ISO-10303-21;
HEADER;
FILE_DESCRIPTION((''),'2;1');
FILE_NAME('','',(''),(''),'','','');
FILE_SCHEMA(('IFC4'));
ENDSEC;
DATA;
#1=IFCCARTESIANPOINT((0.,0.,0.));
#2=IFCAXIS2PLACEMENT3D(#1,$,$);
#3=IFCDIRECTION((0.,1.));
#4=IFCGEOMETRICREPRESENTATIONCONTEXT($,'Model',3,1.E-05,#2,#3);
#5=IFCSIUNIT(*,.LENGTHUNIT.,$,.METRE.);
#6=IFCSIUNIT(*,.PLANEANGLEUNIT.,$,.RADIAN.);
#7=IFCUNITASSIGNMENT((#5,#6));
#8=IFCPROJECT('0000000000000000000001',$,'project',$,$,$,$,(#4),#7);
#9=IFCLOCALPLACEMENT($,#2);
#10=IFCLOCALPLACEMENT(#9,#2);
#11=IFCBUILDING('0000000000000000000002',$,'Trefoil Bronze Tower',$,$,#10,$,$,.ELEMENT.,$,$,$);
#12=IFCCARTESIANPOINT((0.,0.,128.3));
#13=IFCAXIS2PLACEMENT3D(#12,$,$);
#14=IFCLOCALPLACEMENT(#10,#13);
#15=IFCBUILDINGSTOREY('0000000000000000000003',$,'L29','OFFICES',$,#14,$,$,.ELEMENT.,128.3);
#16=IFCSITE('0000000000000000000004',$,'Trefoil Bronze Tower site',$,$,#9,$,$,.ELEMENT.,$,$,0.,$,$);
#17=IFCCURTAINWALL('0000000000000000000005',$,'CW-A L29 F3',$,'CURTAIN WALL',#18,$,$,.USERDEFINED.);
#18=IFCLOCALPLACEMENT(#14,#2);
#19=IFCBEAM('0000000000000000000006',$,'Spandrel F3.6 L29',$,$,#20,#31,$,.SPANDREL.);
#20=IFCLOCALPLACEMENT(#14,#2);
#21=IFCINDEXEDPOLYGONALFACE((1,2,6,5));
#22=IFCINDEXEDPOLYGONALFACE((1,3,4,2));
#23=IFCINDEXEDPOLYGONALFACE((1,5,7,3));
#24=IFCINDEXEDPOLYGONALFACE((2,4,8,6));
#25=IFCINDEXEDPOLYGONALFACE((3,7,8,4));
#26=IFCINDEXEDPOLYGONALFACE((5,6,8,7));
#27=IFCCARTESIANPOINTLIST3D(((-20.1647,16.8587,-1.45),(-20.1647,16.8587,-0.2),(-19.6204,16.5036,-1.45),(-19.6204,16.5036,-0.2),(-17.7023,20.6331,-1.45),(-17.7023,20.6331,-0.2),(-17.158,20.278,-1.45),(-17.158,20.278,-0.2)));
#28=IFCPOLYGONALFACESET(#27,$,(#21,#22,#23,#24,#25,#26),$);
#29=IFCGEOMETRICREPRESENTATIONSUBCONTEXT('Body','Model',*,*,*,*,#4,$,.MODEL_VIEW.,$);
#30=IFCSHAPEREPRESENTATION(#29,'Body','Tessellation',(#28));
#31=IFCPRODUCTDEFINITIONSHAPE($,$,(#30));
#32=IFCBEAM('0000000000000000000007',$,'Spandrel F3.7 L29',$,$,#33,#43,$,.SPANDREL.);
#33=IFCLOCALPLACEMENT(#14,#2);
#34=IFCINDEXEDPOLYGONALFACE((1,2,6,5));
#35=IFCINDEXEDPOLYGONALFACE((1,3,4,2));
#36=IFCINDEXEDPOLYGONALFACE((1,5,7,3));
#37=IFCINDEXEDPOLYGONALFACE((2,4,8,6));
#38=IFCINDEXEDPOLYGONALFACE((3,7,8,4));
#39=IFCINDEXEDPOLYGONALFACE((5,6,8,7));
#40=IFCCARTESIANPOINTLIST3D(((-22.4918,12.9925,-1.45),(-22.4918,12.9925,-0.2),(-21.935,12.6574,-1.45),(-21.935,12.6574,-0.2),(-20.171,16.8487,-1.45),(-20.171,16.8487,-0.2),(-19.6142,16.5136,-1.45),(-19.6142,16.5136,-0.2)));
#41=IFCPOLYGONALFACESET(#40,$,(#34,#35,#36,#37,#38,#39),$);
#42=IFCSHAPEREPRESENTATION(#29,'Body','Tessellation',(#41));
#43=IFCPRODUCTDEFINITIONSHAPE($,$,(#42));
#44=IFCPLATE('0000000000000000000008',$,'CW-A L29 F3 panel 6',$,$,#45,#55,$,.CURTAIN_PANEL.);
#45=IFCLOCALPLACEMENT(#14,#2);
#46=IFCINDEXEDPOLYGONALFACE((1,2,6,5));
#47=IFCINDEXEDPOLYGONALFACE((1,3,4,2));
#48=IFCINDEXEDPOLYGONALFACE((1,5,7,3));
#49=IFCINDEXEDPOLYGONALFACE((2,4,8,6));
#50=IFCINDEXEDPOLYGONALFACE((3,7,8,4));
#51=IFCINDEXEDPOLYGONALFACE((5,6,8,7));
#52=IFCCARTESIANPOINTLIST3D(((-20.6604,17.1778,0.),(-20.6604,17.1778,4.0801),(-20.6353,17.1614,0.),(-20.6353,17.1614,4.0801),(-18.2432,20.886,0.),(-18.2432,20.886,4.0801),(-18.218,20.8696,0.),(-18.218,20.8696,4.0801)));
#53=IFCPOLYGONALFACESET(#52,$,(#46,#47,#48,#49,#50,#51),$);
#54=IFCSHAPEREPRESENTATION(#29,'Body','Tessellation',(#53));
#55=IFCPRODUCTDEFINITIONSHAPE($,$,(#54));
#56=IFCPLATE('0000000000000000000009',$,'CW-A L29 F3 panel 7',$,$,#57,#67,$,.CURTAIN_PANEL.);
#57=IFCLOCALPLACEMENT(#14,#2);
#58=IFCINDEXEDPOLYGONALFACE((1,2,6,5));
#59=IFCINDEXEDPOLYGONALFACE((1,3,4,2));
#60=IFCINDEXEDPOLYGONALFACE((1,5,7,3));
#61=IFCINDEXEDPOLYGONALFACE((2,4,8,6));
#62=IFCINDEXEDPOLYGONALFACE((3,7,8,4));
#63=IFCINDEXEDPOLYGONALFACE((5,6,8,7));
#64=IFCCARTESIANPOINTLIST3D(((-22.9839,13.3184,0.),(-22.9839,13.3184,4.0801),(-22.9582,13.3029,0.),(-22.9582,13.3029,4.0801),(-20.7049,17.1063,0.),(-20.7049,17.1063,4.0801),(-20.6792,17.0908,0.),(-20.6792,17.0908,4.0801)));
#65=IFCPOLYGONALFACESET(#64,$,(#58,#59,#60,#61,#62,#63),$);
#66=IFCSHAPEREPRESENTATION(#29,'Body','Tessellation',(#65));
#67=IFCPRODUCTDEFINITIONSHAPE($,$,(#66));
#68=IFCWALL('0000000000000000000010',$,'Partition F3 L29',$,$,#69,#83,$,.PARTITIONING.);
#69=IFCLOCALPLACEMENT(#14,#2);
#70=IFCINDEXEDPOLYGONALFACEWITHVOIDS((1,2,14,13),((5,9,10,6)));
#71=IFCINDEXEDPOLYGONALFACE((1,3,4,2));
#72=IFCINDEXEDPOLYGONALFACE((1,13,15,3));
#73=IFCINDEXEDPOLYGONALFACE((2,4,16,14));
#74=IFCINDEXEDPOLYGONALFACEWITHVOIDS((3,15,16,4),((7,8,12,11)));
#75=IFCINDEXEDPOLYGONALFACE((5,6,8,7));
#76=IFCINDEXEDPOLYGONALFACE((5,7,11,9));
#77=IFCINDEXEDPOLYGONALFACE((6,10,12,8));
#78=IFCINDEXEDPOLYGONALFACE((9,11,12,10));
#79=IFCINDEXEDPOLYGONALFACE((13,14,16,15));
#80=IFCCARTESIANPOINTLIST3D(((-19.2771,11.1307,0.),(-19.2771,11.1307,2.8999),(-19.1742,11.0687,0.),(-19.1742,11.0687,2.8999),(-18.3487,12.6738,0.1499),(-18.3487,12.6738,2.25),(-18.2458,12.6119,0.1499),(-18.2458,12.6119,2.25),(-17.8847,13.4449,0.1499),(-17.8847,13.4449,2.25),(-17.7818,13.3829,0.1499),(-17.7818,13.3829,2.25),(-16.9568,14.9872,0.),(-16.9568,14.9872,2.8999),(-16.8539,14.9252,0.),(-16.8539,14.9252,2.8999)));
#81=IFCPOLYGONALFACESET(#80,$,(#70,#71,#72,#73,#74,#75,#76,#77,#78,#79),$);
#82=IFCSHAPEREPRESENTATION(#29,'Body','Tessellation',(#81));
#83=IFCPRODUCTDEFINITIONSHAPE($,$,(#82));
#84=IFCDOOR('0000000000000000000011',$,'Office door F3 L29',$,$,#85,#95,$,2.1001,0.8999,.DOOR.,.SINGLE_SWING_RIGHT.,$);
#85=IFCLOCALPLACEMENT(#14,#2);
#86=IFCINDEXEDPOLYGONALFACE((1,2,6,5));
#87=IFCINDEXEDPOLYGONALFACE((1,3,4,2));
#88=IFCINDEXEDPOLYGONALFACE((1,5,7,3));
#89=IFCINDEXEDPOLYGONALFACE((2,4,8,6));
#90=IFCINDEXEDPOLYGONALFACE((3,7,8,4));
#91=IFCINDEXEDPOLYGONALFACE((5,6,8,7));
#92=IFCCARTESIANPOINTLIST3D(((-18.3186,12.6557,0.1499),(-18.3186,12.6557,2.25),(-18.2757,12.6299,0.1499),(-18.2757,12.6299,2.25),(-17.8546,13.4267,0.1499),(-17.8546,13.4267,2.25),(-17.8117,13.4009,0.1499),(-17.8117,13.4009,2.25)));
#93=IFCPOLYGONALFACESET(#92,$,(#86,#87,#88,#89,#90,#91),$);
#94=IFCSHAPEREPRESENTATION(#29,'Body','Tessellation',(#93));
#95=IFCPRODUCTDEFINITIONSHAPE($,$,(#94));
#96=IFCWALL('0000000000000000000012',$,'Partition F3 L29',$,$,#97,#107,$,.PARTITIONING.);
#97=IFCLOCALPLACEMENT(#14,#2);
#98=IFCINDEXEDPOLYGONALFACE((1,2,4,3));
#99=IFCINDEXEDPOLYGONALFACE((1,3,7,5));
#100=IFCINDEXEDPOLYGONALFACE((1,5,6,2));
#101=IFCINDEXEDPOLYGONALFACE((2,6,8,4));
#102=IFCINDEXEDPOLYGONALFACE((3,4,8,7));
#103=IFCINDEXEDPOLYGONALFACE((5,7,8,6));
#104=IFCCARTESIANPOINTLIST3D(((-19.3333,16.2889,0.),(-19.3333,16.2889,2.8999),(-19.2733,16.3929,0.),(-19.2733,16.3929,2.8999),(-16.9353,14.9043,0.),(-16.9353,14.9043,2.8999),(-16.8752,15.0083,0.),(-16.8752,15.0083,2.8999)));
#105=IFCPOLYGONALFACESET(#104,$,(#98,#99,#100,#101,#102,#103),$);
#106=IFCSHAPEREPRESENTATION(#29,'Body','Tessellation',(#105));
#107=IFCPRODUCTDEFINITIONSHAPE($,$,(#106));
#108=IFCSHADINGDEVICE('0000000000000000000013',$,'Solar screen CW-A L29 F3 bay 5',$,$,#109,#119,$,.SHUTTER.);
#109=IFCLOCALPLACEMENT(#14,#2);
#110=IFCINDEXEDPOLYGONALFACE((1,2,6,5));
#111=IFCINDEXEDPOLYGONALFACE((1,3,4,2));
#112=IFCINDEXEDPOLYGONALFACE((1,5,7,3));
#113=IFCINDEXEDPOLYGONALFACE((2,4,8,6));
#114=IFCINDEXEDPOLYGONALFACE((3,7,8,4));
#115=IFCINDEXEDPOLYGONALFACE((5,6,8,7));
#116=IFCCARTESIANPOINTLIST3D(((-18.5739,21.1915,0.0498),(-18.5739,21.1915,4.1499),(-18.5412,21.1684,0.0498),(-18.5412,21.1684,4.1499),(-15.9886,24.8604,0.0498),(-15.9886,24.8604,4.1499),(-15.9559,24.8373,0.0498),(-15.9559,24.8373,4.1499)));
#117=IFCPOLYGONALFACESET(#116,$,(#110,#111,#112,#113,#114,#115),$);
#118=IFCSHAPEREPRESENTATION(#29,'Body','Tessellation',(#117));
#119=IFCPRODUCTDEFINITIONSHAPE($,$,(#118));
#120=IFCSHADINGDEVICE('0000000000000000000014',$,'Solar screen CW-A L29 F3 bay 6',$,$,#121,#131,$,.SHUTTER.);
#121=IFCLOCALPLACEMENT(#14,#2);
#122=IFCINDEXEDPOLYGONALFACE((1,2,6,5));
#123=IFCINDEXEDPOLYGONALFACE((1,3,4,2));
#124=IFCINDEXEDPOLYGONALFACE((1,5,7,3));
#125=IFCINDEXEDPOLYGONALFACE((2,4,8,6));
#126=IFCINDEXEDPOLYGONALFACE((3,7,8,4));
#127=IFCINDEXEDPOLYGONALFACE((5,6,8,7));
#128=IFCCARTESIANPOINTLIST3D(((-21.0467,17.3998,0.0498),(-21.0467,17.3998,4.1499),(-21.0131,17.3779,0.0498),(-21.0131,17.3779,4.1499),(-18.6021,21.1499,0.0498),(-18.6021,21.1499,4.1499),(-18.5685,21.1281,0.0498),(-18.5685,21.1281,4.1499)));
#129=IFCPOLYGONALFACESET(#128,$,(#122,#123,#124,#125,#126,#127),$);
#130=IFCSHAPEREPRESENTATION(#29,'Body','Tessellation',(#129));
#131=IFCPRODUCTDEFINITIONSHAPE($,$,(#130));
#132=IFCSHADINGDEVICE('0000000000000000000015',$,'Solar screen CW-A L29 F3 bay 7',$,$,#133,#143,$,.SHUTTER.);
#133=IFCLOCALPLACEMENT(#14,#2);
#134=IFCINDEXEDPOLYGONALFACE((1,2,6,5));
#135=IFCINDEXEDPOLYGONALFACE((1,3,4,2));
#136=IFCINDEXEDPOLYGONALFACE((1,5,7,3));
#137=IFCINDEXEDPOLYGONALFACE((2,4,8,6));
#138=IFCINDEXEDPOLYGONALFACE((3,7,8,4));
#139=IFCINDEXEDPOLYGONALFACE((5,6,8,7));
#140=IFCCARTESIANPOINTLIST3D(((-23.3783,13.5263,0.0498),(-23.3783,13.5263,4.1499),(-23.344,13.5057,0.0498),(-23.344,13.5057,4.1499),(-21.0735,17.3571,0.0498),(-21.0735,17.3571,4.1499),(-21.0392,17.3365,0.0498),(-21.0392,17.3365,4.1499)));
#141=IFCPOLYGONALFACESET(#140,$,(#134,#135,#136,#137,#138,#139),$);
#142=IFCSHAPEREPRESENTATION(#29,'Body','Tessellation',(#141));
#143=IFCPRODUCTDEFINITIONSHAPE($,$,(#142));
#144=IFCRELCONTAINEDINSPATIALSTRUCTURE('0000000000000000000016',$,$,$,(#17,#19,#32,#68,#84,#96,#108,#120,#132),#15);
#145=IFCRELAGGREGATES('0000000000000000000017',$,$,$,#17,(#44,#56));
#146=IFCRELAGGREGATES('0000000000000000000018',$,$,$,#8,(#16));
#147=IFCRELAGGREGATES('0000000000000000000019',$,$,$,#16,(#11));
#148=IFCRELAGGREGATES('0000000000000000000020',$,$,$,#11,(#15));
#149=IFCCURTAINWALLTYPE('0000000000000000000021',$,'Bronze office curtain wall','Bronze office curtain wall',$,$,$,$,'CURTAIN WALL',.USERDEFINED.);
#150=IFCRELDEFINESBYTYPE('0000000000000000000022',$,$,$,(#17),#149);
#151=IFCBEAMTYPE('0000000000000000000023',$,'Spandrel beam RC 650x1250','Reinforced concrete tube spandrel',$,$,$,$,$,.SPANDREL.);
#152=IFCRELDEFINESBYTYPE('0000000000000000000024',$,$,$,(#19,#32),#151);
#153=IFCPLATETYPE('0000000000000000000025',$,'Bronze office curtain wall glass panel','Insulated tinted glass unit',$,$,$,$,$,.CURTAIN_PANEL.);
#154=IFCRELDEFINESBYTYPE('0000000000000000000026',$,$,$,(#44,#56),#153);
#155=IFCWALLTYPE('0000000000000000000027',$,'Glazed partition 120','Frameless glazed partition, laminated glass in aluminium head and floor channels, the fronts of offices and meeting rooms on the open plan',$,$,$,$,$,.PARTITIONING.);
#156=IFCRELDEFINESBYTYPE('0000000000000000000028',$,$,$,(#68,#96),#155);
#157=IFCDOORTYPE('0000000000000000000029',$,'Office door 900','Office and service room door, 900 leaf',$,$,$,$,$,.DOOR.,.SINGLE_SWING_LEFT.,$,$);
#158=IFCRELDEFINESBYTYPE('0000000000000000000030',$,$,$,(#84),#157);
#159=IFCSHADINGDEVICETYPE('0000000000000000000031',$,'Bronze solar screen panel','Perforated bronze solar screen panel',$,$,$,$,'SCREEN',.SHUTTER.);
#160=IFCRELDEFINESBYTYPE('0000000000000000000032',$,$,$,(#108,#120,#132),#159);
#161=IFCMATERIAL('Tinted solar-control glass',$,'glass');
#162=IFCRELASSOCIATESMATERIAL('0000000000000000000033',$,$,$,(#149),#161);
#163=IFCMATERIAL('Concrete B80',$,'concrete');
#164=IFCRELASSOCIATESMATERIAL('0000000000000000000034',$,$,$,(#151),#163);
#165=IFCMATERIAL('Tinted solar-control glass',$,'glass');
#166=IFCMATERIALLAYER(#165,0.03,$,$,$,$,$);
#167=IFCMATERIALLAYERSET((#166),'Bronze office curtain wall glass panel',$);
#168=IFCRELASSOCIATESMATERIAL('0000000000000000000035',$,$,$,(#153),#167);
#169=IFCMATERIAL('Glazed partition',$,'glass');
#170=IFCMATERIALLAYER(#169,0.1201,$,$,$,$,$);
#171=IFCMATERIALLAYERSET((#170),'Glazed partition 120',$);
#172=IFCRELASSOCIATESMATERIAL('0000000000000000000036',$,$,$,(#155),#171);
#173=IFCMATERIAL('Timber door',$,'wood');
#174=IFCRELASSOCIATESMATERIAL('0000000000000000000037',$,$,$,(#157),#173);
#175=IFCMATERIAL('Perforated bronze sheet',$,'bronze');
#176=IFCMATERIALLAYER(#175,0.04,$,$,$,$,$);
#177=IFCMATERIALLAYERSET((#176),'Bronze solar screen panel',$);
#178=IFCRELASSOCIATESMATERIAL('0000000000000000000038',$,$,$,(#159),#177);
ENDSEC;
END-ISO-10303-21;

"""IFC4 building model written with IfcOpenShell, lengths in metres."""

from ifc_helpers import new_model, si_unit, direction, frame, frame_2d, origin, origin_2d, place, context, subcontext, project, spatial, rectangle, extrude, material, layer, layer_set, material_profile, profile_set, type_object, element, fill, aggregate, save


model = new_model("IFC4")

# Units and contexts
model_context = context("Model", 3, precision=1e-05, world=origin(), true_north=direction((0.0, 1.0)))
body_context = subcontext(model_context, "Body", "Model", "MODEL_VIEW")
ifc_project = project(units=[si_unit("LENGTHUNIT", "METRE"), si_unit("PLANEANGLEUNIT", "RADIAN")], contexts=[model_context])

# Site, building, storey
site_placement = place(None, origin())
site = spatial("IfcSite", under=ifc_project, at=site_placement, Name="Trefoil Bronze Tower site", CompositionType="ELEMENT", RefElevation=0.0)
building_placement = place(site_placement, origin())
building = spatial("IfcBuilding", under=site, at=building_placement, Name="Trefoil Bronze Tower", CompositionType="ELEMENT")
storey_placement = place(building_placement, frame((0.0, 0.0, 128.3)))
storey = spatial("IfcBuildingStorey", under=building, at=storey_placement, Name="L29", Description="OFFICES", CompositionType="ELEMENT", Elevation=128.3)

# Curtain wall
ifc_material_1 = material(Name="Tinted solar-control glass", Category="glass")
curtain_wall_type = type_object("IfcCurtainWallType", Name="Bronze office curtain wall", Description="Bronze office curtain wall", ElementType="CURTAIN WALL", PredefinedType="USERDEFINED", material=ifc_material_1)
curtain_wall_placement = place(storey_placement, origin())
curtain_wall = element("IfcCurtainWall", 1, at=curtain_wall_placement, inside=storey, type_object=curtain_wall_type, Name="CW-A L29 F3", ObjectType="CURTAIN WALL", PredefinedType="USERDEFINED")

# Beams
ifc_material_2 = material(Name="Concrete B80", Category="concrete")
ifc_material_profile_1 = material_profile(ifc_material_2, rectangle(XDim=0.6499, YDim=1.25, at=origin_2d()), Name="RC 650x1250")
ifc_profile_set_1 = profile_set([ifc_material_profile_1], Name="Concrete B80")
beam_type_1 = type_object("IfcBeamType", Name="Spandrel beam RC 650x1250", Description="Reinforced concrete tube spandrel", PredefinedType="SPANDREL", material=ifc_profile_set_1)
beam_1_placement = place(storey_placement, frame((-17.4302, 20.4556, -0.825), z_axis=(-0.546397, -0.837527, 0.0), x_axis=(0.837527, -0.546397, 0.0)))
element("IfcBeam", 2, at=beam_1_placement, inside=storey, type_object=beam_type_1, Name="Spandrel F3.6 L29", PredefinedType="SPANDREL", context=body_context, shape_type="SweptSolid", body=[
    extrude(rectangle(XDim=0.6499, YDim=1.25, at=origin_2d()), origin(), (0.0, 0.0, 1.0), 4.5066),
])
beam_2_placement = place(storey_placement, frame((-19.8926, 16.6812, -0.825), z_axis=(-0.515652, -0.856798, 0.0), x_axis=(0.856798, -0.515652, 0.0)))
element("IfcBeam", 3, at=beam_2_placement, inside=storey, type_object=beam_type_1, Name="Spandrel F3.7 L29", PredefinedType="SPANDREL", context=body_context, shape_type="SweptSolid", body=[
    extrude(rectangle(XDim=0.6499, YDim=1.25, at=origin_2d()), origin(), (0.0, 0.0, 1.0), 4.5007),
])

# Plates
ifc_material_3 = material(Name="Tinted solar-control glass", Category="glass")
ifc_layer_1 = layer(ifc_material_3, 0.03)
ifc_layer_set_1 = layer_set([ifc_layer_1], Name="Bronze office curtain wall glass panel")
plate_type = type_object("IfcPlateType", Name="Bronze office curtain wall glass panel", Description="Insulated tinted glass unit", PredefinedType="CURTAIN_PANEL", material=ifc_layer_set_1)
plate_1_placement = place(storey_placement, frame((-19.4392, 19.0237, 0.0), z_axis=(0.0, 0.0, 1.0), x_axis=(-0.546089, -0.837727, 0.0)))
plate_1 = element("IfcPlate", 4, at=plate_1_placement, type_object=plate_type, Name="CW-A L29 F3 panel 6", PredefinedType="CURTAIN_PANEL", context=body_context, shape_type="SweptSolid", body=[
    extrude(rectangle(XDim=4.4265, YDim=0.03, at=origin_2d()), origin(), (0.0, 0.0, 1.0), 4.0801),
])
plate_2_placement = place(storey_placement, frame((-21.8315, 15.2046, 0.0), z_axis=(0.0, 0.0, 1.0), x_axis=(-0.515525, -0.856874, 0.0)))
plate_2 = element("IfcPlate", 5, at=plate_2_placement, type_object=plate_type, Name="CW-A L29 F3 panel 7", PredefinedType="CURTAIN_PANEL", context=body_context, shape_type="SweptSolid", body=[
    extrude(rectangle(XDim=4.4207, YDim=0.03, at=origin_2d()), origin(), (0.0, 0.0, 1.0), 4.0801),
])
aggregate(curtain_wall, [plate_1, plate_2])

# Wall, opening, door
ifc_material_4 = material(Name="Glazed partition", Category="glass")
ifc_layer_2 = layer(ifc_material_4, 0.1201)
ifc_layer_set_2 = layer_set([ifc_layer_2], Name="Glazed partition 120")
wall_type = type_object("IfcWallType", Name="Glazed partition 120", Description="Frameless glazed partition, laminated glass in aluminium head and floor channels, the fronts of offices and meeting rooms on the open plan", PredefinedType="PARTITIONING", material=ifc_layer_set_2)
wall_1_placement = place(storey_placement, frame((-16.9053, 14.9563, 0.0), z_axis=(0.0, 0.0, 1.0), x_axis=(-0.515548, -0.85686, 0.0)))
wall_1 = element("IfcWall", 6, at=wall_1_placement, inside=storey, type_object=wall_type, Name="Partition F3 L29", PredefinedType="PARTITIONING", context=body_context, shape_type="SweptSolid", body=[
    extrude(rectangle(XDim=4.5007, YDim=0.1201, at=frame_2d((2.2505, 0.0))), origin(), (0.0, 0.0, 1.0), 2.8999),
])
opening_placement = place(wall_1_placement, frame((1.8, 0.0, 0.1499)))
opening = element("IfcOpeningElement", 7, at=opening_placement, cuts=wall_1, PredefinedType="OPENING", context=body_context, shape_type="SweptSolid", body=[
    extrude(rectangle(XDim=0.8999, YDim=2.1001, at=frame_2d((0.45, 1.05))), frame((0.0, 0.0701, 0.0), z_axis=(0.0, -1.0, 0.0), x_axis=(1.0, 0.0, 0.0)), (0.0, 0.0, 1.0), 0.1401),
])
ifc_material_5 = material(Name="Timber door", Category="wood")
door_type = type_object("IfcDoorType", Name="Office door 900", Description="Office and service room door, 900 leaf", OperationType="SINGLE_SWING_LEFT", PredefinedType="DOOR", material=ifc_material_5)
door_placement = place(opening_placement, frame((0.8999, 0.0, 0.0), z_axis=(0.0, 0.0, 1.0), x_axis=(-1.0, 0.0, 0.0)))
door = element("IfcDoor", 8, at=door_placement, inside=storey, type_object=door_type, Name="Office door F3 L29", OperationType="SINGLE_SWING_RIGHT", OverallHeight=2.1001, OverallWidth=0.8999, PredefinedType="DOOR", context=body_context, shape_type="SweptSolid", body=[
    extrude(rectangle(XDim=0.8999, YDim=2.1001, at=frame_2d((0.45, 1.05))), frame((0.0, 0.0249, 0.0), z_axis=(0.0, -1.0, 0.0), x_axis=(1.0, 0.0, 0.0)), (0.0, 0.0, 1.0), 0.05),
])
fill(opening, door)

# Wall
wall_2_placement = place(storey_placement, frame((-16.9053, 14.9563, 0.0), z_axis=(0.0, 0.0, 1.0), x_axis=(-0.866015, 0.500018, 0.0)))
element("IfcWall", 9, at=wall_2_placement, inside=storey, type_object=wall_type, Name="Partition F3 L29", PredefinedType="PARTITIONING", context=body_context, shape_type="SweptSolid", body=[
    extrude(rectangle(XDim=2.769, YDim=0.1201, at=frame_2d((1.3845, 0.0))), origin(), (0.0, 0.0, 1.0), 2.8999),
])

# Shading devices
ifc_material_6 = material(Name="Perforated bronze sheet", Category="bronze")
ifc_layer_3 = layer(ifc_material_6, 0.04)
ifc_layer_set_3 = layer_set([ifc_layer_3], Name="Bronze solar screen panel")
shading_device_type = type_object("IfcShadingDeviceType", Name="Bronze solar screen panel", Description="Perforated bronze solar screen panel", ElementType="SCREEN", PredefinedType="SHUTTER", material=ifc_layer_set_3)
shading_device_1_placement = place(storey_placement, frame((-17.2649, 23.0144, 0.0498), z_axis=(0.0, 0.0, 1.0), x_axis=(-0.575999, -0.81745, 0.0)))
element("IfcShadingDevice", 10, at=shading_device_1_placement, inside=storey, type_object=shading_device_type, Name="Solar screen CW-A L29 F3 bay 5", PredefinedType="SHUTTER", context=body_context, shape_type="SweptSolid", body=[
    extrude(rectangle(XDim=4.4883, YDim=0.04, at=origin_2d()), origin(), (0.0, 0.0, 1.0), 4.1001),
])
shading_device_2_placement = place(storey_placement, frame((-19.8076, 19.2639, 0.0498), z_axis=(0.0, 0.0, 1.0), x_axis=(-0.546089, -0.837727, 0.0)))
element("IfcShadingDevice", 11, at=shading_device_2_placement, inside=storey, type_object=shading_device_type, Name="Solar screen CW-A L29 F3 bay 6", PredefinedType="SHUTTER", context=body_context, shape_type="SweptSolid", body=[
    extrude(rectangle(XDim=4.4766, YDim=0.04, at=origin_2d()), origin(), (0.0, 0.0, 1.0), 4.1001),
])
shading_device_3_placement = place(storey_placement, frame((-22.2087, 15.4314, 0.0498), z_axis=(0.0, 0.0, 1.0), x_axis=(-0.515525, -0.856874, 0.0)))
element("IfcShadingDevice", 12, at=shading_device_3_placement, inside=storey, type_object=shading_device_type, Name="Solar screen CW-A L29 F3 bay 7", PredefinedType="SHUTTER", context=body_context, shape_type="SweptSolid", body=[
    extrude(rectangle(XDim=4.4707, YDim=0.04, at=origin_2d()), origin(), (0.0, 0.0, 1.0), 4.1001),
])

save(model, "model.ifc")
